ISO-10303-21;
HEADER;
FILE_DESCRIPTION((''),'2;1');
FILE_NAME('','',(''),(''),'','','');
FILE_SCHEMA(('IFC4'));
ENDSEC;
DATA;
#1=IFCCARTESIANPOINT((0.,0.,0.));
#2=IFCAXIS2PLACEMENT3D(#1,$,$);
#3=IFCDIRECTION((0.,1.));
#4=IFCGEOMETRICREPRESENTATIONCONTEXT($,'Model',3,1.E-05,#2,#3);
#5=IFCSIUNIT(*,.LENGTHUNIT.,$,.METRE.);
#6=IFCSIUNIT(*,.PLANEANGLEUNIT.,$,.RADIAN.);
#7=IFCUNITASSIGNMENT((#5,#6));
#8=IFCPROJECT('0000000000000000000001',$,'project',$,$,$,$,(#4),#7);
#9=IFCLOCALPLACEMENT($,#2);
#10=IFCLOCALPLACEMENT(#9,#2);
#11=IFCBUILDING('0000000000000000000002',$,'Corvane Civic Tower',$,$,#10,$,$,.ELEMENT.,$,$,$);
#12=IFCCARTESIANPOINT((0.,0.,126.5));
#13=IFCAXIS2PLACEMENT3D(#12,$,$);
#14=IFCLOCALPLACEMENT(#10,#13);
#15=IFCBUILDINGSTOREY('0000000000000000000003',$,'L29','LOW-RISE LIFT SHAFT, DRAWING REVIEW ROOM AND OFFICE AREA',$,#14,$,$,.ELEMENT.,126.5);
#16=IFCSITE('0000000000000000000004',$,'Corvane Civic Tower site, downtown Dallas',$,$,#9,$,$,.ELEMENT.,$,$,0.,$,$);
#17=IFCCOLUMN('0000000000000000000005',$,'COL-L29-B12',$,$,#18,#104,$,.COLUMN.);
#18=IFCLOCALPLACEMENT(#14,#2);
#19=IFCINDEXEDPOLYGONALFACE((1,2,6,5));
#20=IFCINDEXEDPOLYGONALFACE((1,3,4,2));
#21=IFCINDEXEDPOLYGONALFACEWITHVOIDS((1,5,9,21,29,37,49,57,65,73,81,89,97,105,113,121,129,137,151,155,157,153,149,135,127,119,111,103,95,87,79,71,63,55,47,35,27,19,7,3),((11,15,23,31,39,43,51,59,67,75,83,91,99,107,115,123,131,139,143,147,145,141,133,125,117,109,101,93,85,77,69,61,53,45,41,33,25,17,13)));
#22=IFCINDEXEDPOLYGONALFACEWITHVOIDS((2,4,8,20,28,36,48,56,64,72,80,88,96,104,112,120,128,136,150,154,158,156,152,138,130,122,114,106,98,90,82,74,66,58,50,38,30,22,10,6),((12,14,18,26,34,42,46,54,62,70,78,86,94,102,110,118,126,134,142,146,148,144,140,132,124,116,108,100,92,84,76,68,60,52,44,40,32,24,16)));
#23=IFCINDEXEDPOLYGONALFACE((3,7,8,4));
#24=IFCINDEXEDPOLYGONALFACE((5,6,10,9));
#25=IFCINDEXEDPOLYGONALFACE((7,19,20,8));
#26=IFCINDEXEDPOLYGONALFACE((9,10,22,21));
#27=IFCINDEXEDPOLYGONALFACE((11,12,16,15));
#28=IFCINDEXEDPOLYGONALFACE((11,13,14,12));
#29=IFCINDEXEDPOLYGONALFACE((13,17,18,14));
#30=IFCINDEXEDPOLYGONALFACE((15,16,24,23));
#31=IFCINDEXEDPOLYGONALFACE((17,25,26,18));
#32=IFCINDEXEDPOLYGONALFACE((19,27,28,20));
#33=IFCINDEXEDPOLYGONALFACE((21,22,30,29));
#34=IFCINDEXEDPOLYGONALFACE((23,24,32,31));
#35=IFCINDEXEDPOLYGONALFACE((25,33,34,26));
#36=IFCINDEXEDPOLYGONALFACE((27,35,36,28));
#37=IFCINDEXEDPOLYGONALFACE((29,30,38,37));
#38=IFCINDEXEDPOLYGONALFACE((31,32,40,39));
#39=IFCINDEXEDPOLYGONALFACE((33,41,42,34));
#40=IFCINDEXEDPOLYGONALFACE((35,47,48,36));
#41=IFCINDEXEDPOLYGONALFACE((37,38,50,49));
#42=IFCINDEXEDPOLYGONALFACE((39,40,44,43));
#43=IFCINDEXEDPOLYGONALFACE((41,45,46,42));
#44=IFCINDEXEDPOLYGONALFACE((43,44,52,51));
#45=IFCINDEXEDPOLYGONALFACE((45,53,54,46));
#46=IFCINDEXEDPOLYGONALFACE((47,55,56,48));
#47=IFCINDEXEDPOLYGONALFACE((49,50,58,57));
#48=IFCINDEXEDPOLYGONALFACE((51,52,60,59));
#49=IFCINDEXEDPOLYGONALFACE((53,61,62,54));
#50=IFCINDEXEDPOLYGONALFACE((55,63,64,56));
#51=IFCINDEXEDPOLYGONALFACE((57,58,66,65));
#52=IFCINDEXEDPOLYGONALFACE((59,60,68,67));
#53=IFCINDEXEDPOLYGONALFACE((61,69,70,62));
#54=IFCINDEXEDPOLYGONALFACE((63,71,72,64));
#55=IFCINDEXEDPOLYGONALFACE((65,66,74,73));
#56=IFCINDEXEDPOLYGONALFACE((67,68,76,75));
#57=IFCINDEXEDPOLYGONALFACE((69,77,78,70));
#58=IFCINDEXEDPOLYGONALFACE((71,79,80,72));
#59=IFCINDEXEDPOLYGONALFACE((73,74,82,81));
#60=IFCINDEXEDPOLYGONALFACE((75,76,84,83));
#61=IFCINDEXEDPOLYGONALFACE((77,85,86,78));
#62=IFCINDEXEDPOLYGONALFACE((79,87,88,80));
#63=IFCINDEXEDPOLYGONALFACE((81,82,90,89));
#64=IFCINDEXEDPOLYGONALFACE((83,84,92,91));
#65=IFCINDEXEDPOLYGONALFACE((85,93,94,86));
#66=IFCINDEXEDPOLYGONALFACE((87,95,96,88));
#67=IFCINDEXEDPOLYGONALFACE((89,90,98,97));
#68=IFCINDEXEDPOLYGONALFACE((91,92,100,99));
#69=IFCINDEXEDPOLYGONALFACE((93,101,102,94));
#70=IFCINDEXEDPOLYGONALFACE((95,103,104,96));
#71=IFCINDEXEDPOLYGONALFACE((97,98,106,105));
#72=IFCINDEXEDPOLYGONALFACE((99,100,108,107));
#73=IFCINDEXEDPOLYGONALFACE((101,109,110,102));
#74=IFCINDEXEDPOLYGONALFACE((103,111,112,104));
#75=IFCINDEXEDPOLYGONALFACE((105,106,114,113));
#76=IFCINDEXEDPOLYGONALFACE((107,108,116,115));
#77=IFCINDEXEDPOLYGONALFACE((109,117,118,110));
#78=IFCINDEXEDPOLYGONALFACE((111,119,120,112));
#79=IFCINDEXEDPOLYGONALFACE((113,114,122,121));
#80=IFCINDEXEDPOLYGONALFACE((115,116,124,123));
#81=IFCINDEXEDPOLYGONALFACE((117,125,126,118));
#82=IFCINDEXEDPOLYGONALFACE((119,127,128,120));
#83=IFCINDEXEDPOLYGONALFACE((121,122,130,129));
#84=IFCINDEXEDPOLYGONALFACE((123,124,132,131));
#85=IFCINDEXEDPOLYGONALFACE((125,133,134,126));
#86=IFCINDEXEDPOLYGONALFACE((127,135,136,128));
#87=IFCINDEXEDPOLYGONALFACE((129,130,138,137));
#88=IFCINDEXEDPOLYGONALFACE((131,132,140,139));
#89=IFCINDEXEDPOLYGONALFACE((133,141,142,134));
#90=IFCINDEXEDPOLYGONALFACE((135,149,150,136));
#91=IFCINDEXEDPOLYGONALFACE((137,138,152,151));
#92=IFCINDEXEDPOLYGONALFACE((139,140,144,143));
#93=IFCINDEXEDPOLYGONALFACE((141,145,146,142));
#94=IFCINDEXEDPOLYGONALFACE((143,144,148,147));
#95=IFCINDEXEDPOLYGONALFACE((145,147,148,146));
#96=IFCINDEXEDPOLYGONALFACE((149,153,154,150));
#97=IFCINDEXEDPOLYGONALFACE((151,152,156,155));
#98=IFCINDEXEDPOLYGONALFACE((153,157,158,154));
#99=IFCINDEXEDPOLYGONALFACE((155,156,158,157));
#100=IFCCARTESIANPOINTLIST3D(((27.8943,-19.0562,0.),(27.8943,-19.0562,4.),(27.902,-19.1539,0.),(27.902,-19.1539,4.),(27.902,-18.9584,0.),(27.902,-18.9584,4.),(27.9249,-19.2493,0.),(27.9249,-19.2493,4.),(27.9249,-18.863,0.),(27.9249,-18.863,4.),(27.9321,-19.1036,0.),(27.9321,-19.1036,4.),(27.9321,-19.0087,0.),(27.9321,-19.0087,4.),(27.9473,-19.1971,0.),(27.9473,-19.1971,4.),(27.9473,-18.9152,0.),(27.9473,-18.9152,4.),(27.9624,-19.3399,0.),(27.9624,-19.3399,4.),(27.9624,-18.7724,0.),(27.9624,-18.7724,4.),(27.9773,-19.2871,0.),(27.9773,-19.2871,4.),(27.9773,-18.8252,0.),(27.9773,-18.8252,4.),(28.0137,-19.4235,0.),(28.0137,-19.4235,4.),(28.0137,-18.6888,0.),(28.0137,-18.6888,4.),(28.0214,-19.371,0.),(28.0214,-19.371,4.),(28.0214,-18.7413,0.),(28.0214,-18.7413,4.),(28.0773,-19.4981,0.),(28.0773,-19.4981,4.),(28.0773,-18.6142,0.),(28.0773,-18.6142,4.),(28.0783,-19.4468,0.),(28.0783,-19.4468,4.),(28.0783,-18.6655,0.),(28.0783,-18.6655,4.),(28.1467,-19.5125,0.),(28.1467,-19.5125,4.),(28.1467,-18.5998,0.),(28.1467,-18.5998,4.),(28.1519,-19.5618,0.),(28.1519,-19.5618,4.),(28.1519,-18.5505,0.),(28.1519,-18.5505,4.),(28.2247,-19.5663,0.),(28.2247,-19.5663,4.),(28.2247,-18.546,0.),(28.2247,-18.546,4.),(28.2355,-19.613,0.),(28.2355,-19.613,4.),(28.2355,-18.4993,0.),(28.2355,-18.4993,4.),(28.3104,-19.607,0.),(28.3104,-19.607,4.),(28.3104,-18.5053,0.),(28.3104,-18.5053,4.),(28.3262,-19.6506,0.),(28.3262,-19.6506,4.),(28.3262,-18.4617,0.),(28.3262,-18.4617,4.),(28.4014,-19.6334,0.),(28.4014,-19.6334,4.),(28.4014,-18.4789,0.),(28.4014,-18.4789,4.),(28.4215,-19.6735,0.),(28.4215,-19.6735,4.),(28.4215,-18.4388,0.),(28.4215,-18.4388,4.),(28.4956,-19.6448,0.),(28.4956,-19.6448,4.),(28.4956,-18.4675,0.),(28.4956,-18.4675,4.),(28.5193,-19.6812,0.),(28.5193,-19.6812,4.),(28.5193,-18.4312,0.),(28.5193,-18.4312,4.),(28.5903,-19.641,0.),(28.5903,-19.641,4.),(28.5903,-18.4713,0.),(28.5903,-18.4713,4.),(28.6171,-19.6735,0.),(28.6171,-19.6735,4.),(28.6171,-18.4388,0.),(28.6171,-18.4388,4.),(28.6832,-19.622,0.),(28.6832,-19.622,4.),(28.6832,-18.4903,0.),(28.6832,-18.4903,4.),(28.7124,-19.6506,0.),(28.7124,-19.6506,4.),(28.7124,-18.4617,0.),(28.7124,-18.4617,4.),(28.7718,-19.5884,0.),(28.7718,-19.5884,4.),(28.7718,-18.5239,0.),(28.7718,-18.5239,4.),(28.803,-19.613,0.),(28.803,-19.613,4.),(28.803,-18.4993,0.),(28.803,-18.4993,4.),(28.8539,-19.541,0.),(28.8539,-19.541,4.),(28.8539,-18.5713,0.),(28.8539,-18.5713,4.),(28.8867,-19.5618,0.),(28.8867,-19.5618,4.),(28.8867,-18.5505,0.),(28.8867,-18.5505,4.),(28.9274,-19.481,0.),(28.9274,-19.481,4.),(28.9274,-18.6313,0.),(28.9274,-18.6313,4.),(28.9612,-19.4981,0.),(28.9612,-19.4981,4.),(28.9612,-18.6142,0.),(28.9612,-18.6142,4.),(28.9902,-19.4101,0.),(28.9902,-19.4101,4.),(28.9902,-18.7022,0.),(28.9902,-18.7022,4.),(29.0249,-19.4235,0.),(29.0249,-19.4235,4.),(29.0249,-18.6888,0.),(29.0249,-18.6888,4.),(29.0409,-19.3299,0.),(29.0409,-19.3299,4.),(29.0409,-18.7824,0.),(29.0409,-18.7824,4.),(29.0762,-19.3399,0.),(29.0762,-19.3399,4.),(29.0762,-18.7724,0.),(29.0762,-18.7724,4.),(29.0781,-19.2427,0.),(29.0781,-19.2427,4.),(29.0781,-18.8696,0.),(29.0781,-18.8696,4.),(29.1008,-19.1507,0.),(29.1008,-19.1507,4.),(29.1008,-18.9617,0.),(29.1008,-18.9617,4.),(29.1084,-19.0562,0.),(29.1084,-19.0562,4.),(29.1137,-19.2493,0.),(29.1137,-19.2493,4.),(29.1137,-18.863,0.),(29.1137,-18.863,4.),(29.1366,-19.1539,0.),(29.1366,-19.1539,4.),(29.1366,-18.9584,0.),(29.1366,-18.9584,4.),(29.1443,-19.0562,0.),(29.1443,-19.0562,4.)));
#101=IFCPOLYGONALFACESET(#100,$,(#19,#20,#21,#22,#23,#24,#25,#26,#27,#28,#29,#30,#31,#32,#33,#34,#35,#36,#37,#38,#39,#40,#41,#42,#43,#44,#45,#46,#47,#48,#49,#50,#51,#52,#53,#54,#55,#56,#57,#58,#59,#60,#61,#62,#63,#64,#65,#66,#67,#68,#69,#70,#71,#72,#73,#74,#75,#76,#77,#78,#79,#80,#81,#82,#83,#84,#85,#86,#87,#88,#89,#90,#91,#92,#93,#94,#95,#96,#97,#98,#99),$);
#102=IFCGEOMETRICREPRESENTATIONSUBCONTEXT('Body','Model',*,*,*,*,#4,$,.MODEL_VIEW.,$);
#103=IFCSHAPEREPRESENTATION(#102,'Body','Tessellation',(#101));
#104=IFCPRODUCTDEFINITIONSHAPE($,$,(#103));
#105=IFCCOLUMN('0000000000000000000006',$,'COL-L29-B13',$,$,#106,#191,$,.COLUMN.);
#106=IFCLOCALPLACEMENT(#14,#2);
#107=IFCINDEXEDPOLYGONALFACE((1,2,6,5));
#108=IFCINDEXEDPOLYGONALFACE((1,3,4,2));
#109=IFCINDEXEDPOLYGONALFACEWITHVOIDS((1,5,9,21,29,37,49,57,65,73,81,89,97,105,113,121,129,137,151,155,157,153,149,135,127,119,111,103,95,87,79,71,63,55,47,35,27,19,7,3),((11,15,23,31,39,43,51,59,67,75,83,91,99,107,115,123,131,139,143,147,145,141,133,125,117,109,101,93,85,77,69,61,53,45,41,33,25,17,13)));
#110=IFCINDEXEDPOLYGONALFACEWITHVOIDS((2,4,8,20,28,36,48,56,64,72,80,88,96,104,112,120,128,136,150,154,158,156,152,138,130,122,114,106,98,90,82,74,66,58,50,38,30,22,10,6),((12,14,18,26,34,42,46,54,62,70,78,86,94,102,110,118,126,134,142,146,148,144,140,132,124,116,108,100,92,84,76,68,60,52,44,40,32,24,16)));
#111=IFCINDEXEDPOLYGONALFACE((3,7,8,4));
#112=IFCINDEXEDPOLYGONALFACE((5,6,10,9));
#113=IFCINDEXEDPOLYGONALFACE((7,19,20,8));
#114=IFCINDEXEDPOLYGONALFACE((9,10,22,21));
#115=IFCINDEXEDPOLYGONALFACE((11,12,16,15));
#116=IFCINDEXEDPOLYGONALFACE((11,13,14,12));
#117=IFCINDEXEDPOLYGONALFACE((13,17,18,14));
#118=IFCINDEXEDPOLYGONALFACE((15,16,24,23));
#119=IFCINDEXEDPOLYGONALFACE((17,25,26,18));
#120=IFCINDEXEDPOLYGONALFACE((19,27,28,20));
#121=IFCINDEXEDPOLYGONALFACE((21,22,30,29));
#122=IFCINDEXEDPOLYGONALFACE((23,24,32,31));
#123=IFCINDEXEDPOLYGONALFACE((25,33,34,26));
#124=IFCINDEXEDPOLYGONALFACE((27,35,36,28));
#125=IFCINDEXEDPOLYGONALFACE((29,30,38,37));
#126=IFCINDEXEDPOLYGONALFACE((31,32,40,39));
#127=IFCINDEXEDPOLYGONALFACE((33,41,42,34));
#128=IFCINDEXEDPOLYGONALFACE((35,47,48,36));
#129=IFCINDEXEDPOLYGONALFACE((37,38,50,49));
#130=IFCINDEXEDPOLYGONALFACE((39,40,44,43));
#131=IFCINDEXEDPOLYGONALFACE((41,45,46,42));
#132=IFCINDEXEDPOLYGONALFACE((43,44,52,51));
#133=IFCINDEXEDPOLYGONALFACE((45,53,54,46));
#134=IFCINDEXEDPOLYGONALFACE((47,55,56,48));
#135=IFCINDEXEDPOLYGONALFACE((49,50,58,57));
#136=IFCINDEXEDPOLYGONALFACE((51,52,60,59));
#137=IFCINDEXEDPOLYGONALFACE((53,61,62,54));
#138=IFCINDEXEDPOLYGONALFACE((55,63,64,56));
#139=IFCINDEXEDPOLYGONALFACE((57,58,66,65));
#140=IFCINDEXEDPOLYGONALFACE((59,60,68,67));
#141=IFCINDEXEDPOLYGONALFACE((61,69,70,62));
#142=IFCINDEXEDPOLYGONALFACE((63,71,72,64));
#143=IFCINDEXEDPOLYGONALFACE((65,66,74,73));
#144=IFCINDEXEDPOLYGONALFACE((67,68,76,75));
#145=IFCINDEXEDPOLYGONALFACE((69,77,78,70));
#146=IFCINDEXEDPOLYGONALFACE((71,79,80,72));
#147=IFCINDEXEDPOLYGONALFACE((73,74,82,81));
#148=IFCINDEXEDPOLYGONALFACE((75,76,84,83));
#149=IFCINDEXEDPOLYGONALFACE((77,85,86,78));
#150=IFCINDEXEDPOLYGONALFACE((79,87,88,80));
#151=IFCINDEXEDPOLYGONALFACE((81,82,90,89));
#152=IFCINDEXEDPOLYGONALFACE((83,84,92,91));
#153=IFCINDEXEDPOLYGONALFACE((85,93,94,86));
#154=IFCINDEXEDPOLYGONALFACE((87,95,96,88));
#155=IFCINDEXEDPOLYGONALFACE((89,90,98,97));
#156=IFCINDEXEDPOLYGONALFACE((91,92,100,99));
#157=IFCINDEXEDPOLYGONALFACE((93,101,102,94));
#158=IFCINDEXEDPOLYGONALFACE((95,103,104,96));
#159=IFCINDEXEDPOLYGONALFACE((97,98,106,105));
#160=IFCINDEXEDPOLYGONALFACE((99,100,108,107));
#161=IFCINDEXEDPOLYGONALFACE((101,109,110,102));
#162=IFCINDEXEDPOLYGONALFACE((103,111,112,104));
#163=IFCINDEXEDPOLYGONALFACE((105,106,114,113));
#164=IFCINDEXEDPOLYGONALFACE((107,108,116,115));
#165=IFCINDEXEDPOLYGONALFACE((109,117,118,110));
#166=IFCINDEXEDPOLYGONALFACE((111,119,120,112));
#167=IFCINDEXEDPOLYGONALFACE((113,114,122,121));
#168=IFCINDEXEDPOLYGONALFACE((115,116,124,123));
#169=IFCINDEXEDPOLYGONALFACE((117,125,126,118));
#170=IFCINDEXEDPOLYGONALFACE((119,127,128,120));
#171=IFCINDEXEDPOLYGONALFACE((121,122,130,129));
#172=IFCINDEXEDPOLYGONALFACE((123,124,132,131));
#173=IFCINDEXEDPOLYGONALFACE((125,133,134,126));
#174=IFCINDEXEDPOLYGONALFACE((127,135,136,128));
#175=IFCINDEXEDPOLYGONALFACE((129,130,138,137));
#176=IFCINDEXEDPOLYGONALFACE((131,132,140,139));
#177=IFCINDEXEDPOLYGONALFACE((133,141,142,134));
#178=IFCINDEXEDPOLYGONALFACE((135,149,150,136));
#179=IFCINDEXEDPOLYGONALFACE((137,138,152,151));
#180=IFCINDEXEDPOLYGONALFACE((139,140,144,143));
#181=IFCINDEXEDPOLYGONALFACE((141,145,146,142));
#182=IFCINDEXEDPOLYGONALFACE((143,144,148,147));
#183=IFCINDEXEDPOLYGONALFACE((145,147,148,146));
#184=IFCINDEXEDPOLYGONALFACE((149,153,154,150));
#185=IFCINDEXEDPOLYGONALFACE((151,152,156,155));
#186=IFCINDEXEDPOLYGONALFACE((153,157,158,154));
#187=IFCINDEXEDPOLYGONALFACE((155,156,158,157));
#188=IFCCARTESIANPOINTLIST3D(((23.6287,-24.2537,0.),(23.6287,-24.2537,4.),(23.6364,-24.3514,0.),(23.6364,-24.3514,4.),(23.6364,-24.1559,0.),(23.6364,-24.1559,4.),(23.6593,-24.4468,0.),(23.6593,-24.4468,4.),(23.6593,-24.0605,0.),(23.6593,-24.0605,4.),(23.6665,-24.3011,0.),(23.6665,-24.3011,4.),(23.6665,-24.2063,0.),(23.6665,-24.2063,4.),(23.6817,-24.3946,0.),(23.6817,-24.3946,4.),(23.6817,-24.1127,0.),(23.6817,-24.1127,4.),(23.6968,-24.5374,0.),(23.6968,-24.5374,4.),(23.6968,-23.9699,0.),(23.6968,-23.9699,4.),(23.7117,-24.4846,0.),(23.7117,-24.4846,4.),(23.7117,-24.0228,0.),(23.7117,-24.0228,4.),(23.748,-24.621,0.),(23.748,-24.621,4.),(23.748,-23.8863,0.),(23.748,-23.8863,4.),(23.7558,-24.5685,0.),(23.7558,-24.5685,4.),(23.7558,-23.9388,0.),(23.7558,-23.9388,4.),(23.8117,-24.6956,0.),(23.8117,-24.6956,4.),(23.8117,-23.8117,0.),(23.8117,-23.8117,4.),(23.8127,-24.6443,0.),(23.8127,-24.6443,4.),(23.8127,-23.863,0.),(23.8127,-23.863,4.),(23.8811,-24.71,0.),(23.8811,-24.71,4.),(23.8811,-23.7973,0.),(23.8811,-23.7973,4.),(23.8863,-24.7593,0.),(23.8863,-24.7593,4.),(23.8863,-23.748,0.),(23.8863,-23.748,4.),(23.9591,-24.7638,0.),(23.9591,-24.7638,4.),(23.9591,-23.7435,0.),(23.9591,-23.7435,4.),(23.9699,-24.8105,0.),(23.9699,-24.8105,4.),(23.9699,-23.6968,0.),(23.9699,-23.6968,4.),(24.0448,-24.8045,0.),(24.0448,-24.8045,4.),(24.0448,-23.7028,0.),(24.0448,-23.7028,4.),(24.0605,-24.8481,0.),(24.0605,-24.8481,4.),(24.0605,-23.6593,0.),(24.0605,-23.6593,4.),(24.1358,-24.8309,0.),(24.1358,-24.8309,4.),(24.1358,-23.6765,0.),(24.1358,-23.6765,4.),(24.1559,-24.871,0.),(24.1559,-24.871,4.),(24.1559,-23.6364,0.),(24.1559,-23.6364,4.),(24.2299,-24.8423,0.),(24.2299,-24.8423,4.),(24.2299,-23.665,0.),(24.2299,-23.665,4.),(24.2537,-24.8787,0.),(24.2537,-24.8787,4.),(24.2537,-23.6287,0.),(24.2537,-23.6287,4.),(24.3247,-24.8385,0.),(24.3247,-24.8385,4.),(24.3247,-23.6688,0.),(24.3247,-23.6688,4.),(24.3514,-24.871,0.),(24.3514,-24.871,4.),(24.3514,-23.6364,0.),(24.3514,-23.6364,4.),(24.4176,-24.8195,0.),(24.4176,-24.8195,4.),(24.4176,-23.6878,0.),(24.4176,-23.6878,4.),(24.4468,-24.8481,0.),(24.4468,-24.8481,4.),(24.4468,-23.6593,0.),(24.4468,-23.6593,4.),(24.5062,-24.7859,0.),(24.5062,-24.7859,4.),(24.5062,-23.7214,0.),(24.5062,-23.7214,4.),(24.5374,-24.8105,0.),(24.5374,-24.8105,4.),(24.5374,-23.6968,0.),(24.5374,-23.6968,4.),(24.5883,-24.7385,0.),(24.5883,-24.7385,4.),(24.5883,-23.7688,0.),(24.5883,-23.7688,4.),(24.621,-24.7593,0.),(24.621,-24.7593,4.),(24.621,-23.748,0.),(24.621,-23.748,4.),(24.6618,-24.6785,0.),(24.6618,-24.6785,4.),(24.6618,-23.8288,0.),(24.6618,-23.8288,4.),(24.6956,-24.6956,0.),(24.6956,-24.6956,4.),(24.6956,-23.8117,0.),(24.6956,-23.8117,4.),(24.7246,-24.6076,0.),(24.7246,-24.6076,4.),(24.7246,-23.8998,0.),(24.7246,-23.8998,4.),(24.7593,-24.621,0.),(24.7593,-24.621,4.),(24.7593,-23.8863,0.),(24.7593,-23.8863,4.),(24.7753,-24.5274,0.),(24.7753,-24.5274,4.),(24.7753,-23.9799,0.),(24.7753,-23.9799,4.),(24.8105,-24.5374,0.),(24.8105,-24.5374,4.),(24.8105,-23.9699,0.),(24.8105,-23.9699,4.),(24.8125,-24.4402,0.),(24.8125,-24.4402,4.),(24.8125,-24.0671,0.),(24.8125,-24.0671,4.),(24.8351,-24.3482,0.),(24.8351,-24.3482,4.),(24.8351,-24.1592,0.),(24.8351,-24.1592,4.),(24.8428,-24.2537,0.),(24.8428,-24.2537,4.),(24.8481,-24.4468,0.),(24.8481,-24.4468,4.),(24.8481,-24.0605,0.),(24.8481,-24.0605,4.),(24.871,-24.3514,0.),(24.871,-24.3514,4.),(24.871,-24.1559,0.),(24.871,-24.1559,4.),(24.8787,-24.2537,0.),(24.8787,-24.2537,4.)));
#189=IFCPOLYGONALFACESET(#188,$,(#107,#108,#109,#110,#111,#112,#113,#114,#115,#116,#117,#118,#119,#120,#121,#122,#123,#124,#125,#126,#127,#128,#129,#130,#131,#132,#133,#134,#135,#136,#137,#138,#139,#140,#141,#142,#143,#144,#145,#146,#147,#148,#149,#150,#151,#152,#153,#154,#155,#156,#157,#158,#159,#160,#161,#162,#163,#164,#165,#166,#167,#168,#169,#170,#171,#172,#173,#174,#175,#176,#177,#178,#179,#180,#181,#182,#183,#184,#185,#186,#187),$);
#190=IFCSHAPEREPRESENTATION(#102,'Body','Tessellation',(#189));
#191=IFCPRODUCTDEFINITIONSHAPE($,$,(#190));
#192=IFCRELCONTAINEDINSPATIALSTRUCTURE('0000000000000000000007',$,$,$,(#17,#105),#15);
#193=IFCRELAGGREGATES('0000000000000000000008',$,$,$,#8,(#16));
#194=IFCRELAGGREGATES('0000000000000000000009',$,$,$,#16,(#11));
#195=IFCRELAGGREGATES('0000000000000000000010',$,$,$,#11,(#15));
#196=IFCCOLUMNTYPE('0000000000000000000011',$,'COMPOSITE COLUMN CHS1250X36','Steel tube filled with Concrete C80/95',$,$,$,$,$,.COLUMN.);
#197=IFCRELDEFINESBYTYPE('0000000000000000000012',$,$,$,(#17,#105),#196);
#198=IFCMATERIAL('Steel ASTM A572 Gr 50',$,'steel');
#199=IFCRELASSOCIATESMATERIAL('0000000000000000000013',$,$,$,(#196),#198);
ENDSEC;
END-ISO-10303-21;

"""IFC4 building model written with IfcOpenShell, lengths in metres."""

from ifc_helpers import new_model, si_unit, direction, frame, origin, origin_2d, place, context, subcontext, project, spatial, hollow_circle, extrude, material, material_profile, profile_set, type_object, element, save


model = new_model("IFC4")

# Units and contexts
model_context = context("Model", 3, precision=1e-05, world=origin(), true_north=direction((0.0, 1.0)))
body_context = subcontext(model_context, "Body", "Model", "MODEL_VIEW")
ifc_project = project(units=[si_unit("LENGTHUNIT", "METRE"), si_unit("PLANEANGLEUNIT", "RADIAN")], contexts=[model_context])

# Site, building, storey
site_placement = place(None, origin())
site = spatial("IfcSite", under=ifc_project, at=site_placement, Name="Corvane Civic Tower site, downtown Dallas", CompositionType="ELEMENT", RefElevation=0.0)
building_placement = place(site_placement, origin())
building = spatial("IfcBuilding", under=site, at=building_placement, Name="Corvane Civic Tower", CompositionType="ELEMENT")
storey_placement = place(building_placement, frame((0.0, 0.0, 126.5)))
storey = spatial("IfcBuildingStorey", under=building, at=storey_placement, Name="L29", Description="LOW-RISE LIFT SHAFT, DRAWING REVIEW ROOM AND OFFICE AREA", CompositionType="ELEMENT", Elevation=126.5)

# Columns
ifc_material_1 = material(Name="Steel ASTM A572 Gr 50", Category="steel")
ifc_material_profile_1 = material_profile(ifc_material_1, hollow_circle(Radius=0.625, WallThickness=0.0359, at=origin_2d()), Name="CHS1250X36")
ifc_profile_set_1 = profile_set([ifc_material_profile_1], Name="Steel ASTM A572 Gr 50")
column_type = type_object("IfcColumnType", Name="COMPOSITE COLUMN CHS1250X36", Description="Steel tube filled with Concrete C80/95", PredefinedType="COLUMN", material=ifc_profile_set_1)
for number, where, z_axis, x_axis, name in (
    (1, (28.5193, -19.0562, 0.0), (0.0, 0.0, 1.0), (1.0, 0.0, 0.0), "COL-L29-B12"),
    (2, (24.2537, -24.2537, 0.0), (0.0, 0.0, 1.0), (1.0, 0.0, 0.0), "COL-L29-B13"),
):
    element("IfcColumn", number, at=place(storey_placement, frame(where, z_axis=z_axis, x_axis=x_axis)), inside=storey, type_object=column_type, Name=name, PredefinedType="COLUMN", context=body_context, shape_type="SweptSolid", body=[
        extrude(hollow_circle(Radius=0.625, WallThickness=0.0359, at=origin_2d()), origin(), (0.0, 0.0, 1.0), 4.0),
    ])

save(model, "model.ifc")
